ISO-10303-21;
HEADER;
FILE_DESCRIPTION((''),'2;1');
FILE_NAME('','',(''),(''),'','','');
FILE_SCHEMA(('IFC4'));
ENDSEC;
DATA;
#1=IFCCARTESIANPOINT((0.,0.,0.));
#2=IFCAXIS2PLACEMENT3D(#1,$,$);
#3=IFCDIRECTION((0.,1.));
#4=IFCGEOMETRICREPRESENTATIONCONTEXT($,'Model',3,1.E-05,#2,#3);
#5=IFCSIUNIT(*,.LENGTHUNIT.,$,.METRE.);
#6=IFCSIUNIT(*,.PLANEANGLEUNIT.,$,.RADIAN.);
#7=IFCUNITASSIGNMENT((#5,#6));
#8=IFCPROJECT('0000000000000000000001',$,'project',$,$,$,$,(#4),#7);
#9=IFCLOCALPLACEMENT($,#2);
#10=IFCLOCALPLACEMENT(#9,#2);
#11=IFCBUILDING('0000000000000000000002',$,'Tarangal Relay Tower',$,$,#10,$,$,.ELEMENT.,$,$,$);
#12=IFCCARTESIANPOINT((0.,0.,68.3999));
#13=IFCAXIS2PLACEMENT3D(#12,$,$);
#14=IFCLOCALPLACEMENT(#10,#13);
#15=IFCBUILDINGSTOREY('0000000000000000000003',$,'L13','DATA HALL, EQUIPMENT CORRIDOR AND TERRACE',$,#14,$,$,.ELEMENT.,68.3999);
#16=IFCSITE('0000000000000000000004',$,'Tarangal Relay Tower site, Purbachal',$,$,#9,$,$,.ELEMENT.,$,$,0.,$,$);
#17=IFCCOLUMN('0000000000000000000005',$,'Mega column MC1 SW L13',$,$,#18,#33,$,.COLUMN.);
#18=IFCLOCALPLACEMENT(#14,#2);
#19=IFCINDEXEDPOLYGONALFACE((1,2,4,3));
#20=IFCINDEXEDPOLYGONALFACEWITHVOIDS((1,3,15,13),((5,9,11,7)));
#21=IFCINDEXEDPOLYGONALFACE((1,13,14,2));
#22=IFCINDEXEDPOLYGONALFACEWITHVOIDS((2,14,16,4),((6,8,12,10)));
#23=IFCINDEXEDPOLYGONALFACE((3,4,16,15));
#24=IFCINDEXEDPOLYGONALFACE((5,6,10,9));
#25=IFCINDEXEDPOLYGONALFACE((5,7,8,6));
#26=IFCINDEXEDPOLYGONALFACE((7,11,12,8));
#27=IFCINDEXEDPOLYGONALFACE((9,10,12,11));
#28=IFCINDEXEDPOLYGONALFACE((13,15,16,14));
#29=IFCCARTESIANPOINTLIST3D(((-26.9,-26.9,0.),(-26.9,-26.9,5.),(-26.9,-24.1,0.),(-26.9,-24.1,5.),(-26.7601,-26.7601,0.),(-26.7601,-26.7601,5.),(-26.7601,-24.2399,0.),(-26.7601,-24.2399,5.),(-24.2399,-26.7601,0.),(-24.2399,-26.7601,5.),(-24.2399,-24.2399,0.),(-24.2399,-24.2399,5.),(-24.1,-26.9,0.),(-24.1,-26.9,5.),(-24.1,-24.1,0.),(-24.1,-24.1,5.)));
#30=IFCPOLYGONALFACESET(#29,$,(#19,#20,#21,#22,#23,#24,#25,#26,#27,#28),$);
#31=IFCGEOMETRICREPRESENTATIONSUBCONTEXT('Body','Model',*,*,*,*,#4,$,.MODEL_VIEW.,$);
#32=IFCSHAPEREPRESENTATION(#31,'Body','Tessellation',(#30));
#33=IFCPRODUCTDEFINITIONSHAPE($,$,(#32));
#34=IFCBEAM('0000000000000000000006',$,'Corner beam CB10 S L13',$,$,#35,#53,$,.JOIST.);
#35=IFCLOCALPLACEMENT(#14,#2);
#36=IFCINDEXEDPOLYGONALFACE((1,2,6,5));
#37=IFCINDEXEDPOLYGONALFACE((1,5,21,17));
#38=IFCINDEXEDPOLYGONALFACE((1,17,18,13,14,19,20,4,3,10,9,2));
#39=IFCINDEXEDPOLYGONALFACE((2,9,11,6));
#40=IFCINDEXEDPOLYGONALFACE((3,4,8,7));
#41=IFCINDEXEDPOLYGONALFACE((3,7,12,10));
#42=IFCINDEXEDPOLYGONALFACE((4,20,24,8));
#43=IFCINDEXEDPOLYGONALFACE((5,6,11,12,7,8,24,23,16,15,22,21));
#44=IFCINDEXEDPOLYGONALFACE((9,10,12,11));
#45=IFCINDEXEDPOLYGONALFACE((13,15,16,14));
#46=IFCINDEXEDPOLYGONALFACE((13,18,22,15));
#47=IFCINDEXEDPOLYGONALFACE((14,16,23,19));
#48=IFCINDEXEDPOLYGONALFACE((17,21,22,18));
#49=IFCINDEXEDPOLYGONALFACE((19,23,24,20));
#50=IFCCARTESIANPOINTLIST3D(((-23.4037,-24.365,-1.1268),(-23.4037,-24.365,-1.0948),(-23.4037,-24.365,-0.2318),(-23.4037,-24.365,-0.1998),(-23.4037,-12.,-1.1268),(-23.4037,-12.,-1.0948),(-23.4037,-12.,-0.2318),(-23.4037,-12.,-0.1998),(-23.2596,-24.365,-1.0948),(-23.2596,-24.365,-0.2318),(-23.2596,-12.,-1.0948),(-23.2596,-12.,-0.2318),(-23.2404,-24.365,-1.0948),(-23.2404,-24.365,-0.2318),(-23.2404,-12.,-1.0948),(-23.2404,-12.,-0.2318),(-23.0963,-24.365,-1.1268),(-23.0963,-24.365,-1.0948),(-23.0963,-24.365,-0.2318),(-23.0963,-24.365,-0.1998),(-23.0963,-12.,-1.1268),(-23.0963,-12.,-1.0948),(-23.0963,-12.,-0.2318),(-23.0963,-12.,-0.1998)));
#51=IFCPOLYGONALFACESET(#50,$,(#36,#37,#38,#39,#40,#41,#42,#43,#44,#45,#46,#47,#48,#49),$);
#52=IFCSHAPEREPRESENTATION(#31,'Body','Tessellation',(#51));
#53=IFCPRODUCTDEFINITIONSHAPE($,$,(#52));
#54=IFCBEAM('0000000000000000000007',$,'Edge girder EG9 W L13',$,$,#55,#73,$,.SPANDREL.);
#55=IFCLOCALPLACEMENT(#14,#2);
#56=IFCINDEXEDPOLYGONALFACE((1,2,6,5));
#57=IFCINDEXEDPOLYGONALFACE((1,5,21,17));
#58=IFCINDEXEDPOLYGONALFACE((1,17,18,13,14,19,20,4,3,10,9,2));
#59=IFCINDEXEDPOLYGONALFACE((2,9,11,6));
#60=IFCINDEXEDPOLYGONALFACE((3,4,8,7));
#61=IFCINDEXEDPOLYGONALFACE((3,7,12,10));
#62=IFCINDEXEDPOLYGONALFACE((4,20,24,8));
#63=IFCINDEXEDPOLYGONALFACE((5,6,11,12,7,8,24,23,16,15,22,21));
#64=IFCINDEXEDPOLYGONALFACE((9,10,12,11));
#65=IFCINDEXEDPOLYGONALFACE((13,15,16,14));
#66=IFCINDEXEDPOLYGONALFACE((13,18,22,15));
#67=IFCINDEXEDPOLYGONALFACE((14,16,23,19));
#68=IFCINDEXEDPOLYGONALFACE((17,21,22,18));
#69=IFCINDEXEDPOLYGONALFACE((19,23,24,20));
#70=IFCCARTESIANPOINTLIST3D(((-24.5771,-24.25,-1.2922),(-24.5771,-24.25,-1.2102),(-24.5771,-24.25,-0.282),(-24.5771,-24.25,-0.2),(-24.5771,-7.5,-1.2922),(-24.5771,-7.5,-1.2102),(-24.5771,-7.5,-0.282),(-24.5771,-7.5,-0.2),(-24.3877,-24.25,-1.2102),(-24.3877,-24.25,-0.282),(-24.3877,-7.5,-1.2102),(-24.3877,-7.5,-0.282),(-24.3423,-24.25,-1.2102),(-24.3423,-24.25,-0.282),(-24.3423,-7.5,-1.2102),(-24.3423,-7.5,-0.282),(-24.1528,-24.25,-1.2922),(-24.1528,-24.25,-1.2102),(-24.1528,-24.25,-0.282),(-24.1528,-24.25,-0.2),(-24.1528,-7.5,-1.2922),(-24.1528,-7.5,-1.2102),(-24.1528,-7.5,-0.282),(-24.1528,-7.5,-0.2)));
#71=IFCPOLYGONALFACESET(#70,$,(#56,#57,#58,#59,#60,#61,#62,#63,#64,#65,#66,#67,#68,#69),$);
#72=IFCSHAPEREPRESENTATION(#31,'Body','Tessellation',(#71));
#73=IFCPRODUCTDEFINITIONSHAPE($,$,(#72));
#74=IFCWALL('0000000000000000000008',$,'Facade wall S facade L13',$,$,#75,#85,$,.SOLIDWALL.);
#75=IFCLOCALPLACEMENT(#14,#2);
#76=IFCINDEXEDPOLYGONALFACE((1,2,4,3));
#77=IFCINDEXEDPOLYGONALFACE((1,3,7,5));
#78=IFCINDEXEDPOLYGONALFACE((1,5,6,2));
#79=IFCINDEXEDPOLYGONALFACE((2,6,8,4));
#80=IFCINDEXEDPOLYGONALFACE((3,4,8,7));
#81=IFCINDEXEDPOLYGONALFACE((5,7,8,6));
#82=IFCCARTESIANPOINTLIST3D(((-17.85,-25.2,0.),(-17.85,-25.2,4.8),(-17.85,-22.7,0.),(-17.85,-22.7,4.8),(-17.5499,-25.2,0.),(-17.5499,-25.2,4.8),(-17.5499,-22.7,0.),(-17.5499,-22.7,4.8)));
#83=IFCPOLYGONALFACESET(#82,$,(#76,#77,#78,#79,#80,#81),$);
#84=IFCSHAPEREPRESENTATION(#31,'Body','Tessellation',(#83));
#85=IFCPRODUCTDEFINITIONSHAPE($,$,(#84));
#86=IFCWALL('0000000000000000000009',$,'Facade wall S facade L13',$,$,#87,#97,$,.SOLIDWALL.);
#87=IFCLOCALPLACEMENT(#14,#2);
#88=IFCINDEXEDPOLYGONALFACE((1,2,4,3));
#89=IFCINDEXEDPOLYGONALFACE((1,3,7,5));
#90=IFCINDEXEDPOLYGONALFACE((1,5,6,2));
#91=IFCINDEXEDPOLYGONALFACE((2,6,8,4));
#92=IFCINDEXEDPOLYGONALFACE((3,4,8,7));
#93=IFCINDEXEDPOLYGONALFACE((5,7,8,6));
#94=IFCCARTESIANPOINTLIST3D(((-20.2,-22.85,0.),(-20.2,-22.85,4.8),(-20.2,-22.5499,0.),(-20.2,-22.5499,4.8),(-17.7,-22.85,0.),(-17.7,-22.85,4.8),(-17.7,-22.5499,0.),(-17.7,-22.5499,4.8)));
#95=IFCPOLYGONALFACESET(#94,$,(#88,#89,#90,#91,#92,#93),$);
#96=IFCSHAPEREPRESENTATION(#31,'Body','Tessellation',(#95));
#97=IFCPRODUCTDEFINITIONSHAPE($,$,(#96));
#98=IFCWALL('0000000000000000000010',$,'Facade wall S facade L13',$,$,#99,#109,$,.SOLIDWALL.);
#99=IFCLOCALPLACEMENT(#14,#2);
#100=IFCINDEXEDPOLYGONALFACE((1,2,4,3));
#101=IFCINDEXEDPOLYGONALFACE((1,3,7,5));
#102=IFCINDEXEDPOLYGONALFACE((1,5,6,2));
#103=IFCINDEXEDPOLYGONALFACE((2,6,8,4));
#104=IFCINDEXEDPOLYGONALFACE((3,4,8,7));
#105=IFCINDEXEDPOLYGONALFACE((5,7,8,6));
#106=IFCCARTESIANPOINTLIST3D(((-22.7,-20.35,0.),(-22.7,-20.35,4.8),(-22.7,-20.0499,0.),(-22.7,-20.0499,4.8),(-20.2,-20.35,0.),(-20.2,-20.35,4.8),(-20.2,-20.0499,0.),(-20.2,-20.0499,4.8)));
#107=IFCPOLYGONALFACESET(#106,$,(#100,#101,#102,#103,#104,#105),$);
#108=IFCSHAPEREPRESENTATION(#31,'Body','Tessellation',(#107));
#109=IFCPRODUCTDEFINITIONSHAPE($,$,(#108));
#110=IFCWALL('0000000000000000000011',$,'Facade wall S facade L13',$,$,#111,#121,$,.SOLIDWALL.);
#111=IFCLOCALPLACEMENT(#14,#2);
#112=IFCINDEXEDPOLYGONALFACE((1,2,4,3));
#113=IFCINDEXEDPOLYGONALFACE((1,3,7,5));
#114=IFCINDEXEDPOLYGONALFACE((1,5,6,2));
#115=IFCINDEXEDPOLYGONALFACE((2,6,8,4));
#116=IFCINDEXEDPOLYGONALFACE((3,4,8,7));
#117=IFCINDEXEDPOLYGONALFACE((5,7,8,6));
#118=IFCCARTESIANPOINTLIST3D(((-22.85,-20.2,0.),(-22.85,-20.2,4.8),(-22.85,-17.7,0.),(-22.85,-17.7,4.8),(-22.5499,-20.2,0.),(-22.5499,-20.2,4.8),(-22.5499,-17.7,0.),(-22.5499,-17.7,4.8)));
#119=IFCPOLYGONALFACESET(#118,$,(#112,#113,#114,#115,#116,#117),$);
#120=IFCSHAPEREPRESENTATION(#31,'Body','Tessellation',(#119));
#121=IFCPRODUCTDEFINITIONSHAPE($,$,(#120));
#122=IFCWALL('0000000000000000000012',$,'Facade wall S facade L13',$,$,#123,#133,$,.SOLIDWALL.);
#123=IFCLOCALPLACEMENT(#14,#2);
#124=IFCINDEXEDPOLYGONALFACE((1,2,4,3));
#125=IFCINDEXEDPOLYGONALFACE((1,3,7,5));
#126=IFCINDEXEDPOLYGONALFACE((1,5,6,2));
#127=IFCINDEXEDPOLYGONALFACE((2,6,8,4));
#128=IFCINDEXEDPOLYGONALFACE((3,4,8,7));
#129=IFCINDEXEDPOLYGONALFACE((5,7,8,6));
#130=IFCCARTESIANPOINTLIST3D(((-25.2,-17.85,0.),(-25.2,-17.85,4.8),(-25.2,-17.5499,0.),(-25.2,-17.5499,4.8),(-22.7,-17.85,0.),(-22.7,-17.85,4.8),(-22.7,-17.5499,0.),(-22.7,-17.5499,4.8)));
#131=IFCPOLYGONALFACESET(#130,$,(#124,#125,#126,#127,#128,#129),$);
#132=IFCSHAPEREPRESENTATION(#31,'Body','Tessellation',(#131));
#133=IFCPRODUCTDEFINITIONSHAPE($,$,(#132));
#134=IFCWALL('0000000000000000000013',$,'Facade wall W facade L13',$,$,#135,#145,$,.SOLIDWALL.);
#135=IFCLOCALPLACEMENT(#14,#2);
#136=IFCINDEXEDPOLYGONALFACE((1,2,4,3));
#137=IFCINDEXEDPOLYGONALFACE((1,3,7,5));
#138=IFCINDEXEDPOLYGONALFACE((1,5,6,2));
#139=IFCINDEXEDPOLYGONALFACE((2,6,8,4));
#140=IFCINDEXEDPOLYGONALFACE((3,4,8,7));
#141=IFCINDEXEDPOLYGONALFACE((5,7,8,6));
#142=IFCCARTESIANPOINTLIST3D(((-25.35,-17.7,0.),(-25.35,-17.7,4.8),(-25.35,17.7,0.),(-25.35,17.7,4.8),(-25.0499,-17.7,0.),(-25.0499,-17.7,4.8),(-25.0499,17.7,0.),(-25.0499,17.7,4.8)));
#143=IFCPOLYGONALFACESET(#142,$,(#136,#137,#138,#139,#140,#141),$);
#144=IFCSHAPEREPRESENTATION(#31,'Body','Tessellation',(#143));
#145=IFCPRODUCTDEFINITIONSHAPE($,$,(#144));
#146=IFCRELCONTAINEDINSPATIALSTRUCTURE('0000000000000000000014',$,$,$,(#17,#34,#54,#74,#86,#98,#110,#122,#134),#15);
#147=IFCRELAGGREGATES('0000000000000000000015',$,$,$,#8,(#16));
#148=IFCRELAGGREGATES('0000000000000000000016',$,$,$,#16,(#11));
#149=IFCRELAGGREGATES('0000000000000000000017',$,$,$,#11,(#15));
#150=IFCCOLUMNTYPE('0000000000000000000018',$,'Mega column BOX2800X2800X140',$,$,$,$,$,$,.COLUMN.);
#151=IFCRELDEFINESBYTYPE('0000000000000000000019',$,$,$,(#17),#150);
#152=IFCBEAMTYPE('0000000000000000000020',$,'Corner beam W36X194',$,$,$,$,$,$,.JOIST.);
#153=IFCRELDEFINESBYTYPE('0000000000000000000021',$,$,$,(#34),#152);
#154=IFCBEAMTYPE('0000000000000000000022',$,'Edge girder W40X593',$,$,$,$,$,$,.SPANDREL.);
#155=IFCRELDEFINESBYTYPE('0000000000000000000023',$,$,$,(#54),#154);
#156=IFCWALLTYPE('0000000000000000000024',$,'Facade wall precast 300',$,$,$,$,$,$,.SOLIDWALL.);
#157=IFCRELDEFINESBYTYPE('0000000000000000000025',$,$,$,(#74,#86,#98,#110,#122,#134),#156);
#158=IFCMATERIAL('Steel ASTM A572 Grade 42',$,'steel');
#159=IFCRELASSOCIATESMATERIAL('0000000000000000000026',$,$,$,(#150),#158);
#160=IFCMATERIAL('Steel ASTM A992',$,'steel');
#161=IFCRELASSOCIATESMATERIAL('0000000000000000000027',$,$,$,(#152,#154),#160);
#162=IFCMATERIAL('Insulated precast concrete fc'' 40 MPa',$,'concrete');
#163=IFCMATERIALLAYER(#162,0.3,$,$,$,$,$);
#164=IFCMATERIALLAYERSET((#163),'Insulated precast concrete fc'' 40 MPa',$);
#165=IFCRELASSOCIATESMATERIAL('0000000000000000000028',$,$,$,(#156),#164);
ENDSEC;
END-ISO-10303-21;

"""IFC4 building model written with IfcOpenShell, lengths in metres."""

from ifc_helpers import new_model, si_unit, direction, frame, frame_2d, origin, origin_2d, place, context, subcontext, project, spatial, rectangle, hollow_rectangle, i_section, extrude, material, layer, layer_set, material_profile, profile_set, type_object, element, save


model = new_model("IFC4")

# Units and contexts
model_context = context("Model", 3, precision=1e-05, world=origin(), true_north=direction((0.0, 1.0)))
body_context = subcontext(model_context, "Body", "Model", "MODEL_VIEW")
ifc_project = project(units=[si_unit("LENGTHUNIT", "METRE"), si_unit("PLANEANGLEUNIT", "RADIAN")], contexts=[model_context])

# Site, building, storey
site_placement = place(None, origin())
site = spatial("IfcSite", under=ifc_project, at=site_placement, Name="Tarangal Relay Tower site, Purbachal", CompositionType="ELEMENT", RefElevation=0.0)
building_placement = place(site_placement, origin())
building = spatial("IfcBuilding", under=site, at=building_placement, Name="Tarangal Relay Tower", CompositionType="ELEMENT")
storey_placement = place(building_placement, frame((0.0, 0.0, 68.3999)))
storey = spatial("IfcBuildingStorey", under=building, at=storey_placement, Name="L13", Description="DATA HALL, EQUIPMENT CORRIDOR AND TERRACE", CompositionType="ELEMENT", Elevation=68.3999)

# Column
ifc_material_1 = material(Name="Steel ASTM A572 Grade 42", Category="steel")
ifc_material_profile_1 = material_profile(ifc_material_1, hollow_rectangle(XDim=2.8, YDim=2.8, WallThickness=0.1399, at=origin_2d()), Name="BOX2800X2800X140")
ifc_profile_set_1 = profile_set([ifc_material_profile_1], Name="Steel ASTM A572 Grade 42")
column_type = type_object("IfcColumnType", Name="Mega column BOX2800X2800X140", PredefinedType="COLUMN", material=ifc_profile_set_1)
column_placement = place(storey_placement, frame((-25.5, -25.5, 0.0), z_axis=(0.0, 0.0, 1.0), x_axis=(1.0, 0.0, 0.0)))
element("IfcColumn", 1, at=column_placement, inside=storey, type_object=column_type, Name="Mega column MC1 SW L13", PredefinedType="COLUMN", context=body_context, shape_type="SweptSolid", body=[
    extrude(hollow_rectangle(XDim=2.8, YDim=2.8, WallThickness=0.1399, at=origin_2d()), origin(), (0.0, 0.0, 1.0), 5.0),
])

# Beams
ifc_material_2 = material(Name="Steel ASTM A992", Category="steel")
ifc_material_profile_2 = material_profile(ifc_material_2, i_section(OverallWidth=0.3074, OverallDepth=0.927, WebThickness=0.0193, FlangeThickness=0.032, at=origin_2d()), Name="W36X194")
ifc_profile_set_2 = profile_set([ifc_material_profile_2], Name="Steel ASTM A992")
beam_type_1 = type_object("IfcBeamType", Name="Corner beam W36X194", PredefinedType="JOIST", material=ifc_profile_set_2)
beam_1_placement = place(storey_placement, frame((-23.25, -12.0, -0.6633), z_axis=(0.0, -1.0, 0.0), x_axis=(1.0, 0.0, 0.0)))
element("IfcBeam", 2, at=beam_1_placement, inside=storey, type_object=beam_type_1, Name="Corner beam CB10 S L13", PredefinedType="JOIST", context=body_context, shape_type="SweptSolid", body=[
    extrude(i_section(OverallWidth=0.3074, OverallDepth=0.927, WebThickness=0.0193, FlangeThickness=0.032, at=origin_2d()), origin(), (0.0, 0.0, 1.0), 12.365),
])
ifc_material_profile_3 = material_profile(ifc_material_2, i_section(OverallWidth=0.4243, OverallDepth=1.0923, WebThickness=0.0454, FlangeThickness=0.082, at=origin_2d()), Name="W40X593")
ifc_profile_set_3 = profile_set([ifc_material_profile_3], Name="Steel ASTM A992")
beam_type_2 = type_object("IfcBeamType", Name="Edge girder W40X593", PredefinedType="SPANDREL", material=ifc_profile_set_3)
beam_2_placement = place(storey_placement, frame((-24.365, -24.25, -0.7461), z_axis=(0.0, 1.0, 0.0), x_axis=(-1.0, 0.0, 0.0)))
element("IfcBeam", 3, at=beam_2_placement, inside=storey, type_object=beam_type_2, Name="Edge girder EG9 W L13", PredefinedType="SPANDREL", context=body_context, shape_type="SweptSolid", body=[
    extrude(i_section(OverallWidth=0.4243, OverallDepth=1.0923, WebThickness=0.0454, FlangeThickness=0.082, at=origin_2d()), origin(), (0.0, 0.0, 1.0), 16.75),
])

# Walls
ifc_material_3 = material(Name="Insulated precast concrete fc' 40 MPa", Category="concrete")
ifc_layer_1 = layer(ifc_material_3, 0.3)
ifc_layer_set_1 = layer_set([ifc_layer_1], Name="Insulated precast concrete fc' 40 MPa")
wall_type_1 = type_object("IfcWallType", Name="Facade wall precast 300", PredefinedType="SOLIDWALL", material=ifc_layer_set_1)
for number, where, z_axis, x_axis, name in (
    (4, (-17.7, -25.2, 0.0), (0.0, 0.0, 1.0), (0.0, 1.0, 0.0), "Facade wall S facade L13"),
    (5, (-17.7, -22.7, 0.0), (0.0, 0.0, 1.0), (-1.0, 0.0, 0.0), "Facade wall S facade L13"),
):
    element("IfcWall", number, at=place(storey_placement, frame(where, z_axis=z_axis, x_axis=x_axis)), inside=storey, type_object=wall_type_1, Name=name, PredefinedType="SOLIDWALL", context=body_context, shape_type="SweptSolid", body=[
        extrude(rectangle(XDim=2.5, YDim=0.3, at=frame_2d((1.25, 0.0))), origin(), (0.0, 0.0, 1.0), 4.8),
    ])

# Walls
for number, where, z_axis, x_axis, name in (
    (6, (-20.2, -20.2, 0.0), (0.0, 0.0, 1.0), (-1.0, 0.0, 0.0), "Facade wall S facade L13"),
    (7, (-22.7, -20.2, 0.0), (0.0, 0.0, 1.0), (0.0, 1.0, 0.0), "Facade wall S facade L13"),
    (8, (-22.7, -17.7, 0.0), (0.0, 0.0, 1.0), (-1.0, 0.0, 0.0), "Facade wall S facade L13"),
):
    element("IfcWall", number, at=place(storey_placement, frame(where, z_axis=z_axis, x_axis=x_axis)), inside=storey, type_object=wall_type_1, Name=name, PredefinedType="SOLIDWALL", context=body_context, shape_type="SweptSolid", body=[
        extrude(rectangle(XDim=2.5, YDim=0.3, at=frame_2d((1.25, 0.0))), origin(), (0.0, 0.0, 1.0), 4.8),
    ])
wall_1_placement = place(storey_placement, frame((-25.2, -17.7, 0.0), z_axis=(0.0, 0.0, 1.0), x_axis=(0.0, 1.0, 0.0)))
element("IfcWall", 9, at=wall_1_placement, inside=storey, type_object=wall_type_1, Name="Facade wall W facade L13", PredefinedType="SOLIDWALL", context=body_context, shape_type="SweptSolid", body=[
    extrude(rectangle(XDim=35.3999, YDim=0.3, at=frame_2d((17.7, 0.0))), origin(), (0.0, 0.0, 1.0), 4.8),
])

save(model, "model.ifc")
